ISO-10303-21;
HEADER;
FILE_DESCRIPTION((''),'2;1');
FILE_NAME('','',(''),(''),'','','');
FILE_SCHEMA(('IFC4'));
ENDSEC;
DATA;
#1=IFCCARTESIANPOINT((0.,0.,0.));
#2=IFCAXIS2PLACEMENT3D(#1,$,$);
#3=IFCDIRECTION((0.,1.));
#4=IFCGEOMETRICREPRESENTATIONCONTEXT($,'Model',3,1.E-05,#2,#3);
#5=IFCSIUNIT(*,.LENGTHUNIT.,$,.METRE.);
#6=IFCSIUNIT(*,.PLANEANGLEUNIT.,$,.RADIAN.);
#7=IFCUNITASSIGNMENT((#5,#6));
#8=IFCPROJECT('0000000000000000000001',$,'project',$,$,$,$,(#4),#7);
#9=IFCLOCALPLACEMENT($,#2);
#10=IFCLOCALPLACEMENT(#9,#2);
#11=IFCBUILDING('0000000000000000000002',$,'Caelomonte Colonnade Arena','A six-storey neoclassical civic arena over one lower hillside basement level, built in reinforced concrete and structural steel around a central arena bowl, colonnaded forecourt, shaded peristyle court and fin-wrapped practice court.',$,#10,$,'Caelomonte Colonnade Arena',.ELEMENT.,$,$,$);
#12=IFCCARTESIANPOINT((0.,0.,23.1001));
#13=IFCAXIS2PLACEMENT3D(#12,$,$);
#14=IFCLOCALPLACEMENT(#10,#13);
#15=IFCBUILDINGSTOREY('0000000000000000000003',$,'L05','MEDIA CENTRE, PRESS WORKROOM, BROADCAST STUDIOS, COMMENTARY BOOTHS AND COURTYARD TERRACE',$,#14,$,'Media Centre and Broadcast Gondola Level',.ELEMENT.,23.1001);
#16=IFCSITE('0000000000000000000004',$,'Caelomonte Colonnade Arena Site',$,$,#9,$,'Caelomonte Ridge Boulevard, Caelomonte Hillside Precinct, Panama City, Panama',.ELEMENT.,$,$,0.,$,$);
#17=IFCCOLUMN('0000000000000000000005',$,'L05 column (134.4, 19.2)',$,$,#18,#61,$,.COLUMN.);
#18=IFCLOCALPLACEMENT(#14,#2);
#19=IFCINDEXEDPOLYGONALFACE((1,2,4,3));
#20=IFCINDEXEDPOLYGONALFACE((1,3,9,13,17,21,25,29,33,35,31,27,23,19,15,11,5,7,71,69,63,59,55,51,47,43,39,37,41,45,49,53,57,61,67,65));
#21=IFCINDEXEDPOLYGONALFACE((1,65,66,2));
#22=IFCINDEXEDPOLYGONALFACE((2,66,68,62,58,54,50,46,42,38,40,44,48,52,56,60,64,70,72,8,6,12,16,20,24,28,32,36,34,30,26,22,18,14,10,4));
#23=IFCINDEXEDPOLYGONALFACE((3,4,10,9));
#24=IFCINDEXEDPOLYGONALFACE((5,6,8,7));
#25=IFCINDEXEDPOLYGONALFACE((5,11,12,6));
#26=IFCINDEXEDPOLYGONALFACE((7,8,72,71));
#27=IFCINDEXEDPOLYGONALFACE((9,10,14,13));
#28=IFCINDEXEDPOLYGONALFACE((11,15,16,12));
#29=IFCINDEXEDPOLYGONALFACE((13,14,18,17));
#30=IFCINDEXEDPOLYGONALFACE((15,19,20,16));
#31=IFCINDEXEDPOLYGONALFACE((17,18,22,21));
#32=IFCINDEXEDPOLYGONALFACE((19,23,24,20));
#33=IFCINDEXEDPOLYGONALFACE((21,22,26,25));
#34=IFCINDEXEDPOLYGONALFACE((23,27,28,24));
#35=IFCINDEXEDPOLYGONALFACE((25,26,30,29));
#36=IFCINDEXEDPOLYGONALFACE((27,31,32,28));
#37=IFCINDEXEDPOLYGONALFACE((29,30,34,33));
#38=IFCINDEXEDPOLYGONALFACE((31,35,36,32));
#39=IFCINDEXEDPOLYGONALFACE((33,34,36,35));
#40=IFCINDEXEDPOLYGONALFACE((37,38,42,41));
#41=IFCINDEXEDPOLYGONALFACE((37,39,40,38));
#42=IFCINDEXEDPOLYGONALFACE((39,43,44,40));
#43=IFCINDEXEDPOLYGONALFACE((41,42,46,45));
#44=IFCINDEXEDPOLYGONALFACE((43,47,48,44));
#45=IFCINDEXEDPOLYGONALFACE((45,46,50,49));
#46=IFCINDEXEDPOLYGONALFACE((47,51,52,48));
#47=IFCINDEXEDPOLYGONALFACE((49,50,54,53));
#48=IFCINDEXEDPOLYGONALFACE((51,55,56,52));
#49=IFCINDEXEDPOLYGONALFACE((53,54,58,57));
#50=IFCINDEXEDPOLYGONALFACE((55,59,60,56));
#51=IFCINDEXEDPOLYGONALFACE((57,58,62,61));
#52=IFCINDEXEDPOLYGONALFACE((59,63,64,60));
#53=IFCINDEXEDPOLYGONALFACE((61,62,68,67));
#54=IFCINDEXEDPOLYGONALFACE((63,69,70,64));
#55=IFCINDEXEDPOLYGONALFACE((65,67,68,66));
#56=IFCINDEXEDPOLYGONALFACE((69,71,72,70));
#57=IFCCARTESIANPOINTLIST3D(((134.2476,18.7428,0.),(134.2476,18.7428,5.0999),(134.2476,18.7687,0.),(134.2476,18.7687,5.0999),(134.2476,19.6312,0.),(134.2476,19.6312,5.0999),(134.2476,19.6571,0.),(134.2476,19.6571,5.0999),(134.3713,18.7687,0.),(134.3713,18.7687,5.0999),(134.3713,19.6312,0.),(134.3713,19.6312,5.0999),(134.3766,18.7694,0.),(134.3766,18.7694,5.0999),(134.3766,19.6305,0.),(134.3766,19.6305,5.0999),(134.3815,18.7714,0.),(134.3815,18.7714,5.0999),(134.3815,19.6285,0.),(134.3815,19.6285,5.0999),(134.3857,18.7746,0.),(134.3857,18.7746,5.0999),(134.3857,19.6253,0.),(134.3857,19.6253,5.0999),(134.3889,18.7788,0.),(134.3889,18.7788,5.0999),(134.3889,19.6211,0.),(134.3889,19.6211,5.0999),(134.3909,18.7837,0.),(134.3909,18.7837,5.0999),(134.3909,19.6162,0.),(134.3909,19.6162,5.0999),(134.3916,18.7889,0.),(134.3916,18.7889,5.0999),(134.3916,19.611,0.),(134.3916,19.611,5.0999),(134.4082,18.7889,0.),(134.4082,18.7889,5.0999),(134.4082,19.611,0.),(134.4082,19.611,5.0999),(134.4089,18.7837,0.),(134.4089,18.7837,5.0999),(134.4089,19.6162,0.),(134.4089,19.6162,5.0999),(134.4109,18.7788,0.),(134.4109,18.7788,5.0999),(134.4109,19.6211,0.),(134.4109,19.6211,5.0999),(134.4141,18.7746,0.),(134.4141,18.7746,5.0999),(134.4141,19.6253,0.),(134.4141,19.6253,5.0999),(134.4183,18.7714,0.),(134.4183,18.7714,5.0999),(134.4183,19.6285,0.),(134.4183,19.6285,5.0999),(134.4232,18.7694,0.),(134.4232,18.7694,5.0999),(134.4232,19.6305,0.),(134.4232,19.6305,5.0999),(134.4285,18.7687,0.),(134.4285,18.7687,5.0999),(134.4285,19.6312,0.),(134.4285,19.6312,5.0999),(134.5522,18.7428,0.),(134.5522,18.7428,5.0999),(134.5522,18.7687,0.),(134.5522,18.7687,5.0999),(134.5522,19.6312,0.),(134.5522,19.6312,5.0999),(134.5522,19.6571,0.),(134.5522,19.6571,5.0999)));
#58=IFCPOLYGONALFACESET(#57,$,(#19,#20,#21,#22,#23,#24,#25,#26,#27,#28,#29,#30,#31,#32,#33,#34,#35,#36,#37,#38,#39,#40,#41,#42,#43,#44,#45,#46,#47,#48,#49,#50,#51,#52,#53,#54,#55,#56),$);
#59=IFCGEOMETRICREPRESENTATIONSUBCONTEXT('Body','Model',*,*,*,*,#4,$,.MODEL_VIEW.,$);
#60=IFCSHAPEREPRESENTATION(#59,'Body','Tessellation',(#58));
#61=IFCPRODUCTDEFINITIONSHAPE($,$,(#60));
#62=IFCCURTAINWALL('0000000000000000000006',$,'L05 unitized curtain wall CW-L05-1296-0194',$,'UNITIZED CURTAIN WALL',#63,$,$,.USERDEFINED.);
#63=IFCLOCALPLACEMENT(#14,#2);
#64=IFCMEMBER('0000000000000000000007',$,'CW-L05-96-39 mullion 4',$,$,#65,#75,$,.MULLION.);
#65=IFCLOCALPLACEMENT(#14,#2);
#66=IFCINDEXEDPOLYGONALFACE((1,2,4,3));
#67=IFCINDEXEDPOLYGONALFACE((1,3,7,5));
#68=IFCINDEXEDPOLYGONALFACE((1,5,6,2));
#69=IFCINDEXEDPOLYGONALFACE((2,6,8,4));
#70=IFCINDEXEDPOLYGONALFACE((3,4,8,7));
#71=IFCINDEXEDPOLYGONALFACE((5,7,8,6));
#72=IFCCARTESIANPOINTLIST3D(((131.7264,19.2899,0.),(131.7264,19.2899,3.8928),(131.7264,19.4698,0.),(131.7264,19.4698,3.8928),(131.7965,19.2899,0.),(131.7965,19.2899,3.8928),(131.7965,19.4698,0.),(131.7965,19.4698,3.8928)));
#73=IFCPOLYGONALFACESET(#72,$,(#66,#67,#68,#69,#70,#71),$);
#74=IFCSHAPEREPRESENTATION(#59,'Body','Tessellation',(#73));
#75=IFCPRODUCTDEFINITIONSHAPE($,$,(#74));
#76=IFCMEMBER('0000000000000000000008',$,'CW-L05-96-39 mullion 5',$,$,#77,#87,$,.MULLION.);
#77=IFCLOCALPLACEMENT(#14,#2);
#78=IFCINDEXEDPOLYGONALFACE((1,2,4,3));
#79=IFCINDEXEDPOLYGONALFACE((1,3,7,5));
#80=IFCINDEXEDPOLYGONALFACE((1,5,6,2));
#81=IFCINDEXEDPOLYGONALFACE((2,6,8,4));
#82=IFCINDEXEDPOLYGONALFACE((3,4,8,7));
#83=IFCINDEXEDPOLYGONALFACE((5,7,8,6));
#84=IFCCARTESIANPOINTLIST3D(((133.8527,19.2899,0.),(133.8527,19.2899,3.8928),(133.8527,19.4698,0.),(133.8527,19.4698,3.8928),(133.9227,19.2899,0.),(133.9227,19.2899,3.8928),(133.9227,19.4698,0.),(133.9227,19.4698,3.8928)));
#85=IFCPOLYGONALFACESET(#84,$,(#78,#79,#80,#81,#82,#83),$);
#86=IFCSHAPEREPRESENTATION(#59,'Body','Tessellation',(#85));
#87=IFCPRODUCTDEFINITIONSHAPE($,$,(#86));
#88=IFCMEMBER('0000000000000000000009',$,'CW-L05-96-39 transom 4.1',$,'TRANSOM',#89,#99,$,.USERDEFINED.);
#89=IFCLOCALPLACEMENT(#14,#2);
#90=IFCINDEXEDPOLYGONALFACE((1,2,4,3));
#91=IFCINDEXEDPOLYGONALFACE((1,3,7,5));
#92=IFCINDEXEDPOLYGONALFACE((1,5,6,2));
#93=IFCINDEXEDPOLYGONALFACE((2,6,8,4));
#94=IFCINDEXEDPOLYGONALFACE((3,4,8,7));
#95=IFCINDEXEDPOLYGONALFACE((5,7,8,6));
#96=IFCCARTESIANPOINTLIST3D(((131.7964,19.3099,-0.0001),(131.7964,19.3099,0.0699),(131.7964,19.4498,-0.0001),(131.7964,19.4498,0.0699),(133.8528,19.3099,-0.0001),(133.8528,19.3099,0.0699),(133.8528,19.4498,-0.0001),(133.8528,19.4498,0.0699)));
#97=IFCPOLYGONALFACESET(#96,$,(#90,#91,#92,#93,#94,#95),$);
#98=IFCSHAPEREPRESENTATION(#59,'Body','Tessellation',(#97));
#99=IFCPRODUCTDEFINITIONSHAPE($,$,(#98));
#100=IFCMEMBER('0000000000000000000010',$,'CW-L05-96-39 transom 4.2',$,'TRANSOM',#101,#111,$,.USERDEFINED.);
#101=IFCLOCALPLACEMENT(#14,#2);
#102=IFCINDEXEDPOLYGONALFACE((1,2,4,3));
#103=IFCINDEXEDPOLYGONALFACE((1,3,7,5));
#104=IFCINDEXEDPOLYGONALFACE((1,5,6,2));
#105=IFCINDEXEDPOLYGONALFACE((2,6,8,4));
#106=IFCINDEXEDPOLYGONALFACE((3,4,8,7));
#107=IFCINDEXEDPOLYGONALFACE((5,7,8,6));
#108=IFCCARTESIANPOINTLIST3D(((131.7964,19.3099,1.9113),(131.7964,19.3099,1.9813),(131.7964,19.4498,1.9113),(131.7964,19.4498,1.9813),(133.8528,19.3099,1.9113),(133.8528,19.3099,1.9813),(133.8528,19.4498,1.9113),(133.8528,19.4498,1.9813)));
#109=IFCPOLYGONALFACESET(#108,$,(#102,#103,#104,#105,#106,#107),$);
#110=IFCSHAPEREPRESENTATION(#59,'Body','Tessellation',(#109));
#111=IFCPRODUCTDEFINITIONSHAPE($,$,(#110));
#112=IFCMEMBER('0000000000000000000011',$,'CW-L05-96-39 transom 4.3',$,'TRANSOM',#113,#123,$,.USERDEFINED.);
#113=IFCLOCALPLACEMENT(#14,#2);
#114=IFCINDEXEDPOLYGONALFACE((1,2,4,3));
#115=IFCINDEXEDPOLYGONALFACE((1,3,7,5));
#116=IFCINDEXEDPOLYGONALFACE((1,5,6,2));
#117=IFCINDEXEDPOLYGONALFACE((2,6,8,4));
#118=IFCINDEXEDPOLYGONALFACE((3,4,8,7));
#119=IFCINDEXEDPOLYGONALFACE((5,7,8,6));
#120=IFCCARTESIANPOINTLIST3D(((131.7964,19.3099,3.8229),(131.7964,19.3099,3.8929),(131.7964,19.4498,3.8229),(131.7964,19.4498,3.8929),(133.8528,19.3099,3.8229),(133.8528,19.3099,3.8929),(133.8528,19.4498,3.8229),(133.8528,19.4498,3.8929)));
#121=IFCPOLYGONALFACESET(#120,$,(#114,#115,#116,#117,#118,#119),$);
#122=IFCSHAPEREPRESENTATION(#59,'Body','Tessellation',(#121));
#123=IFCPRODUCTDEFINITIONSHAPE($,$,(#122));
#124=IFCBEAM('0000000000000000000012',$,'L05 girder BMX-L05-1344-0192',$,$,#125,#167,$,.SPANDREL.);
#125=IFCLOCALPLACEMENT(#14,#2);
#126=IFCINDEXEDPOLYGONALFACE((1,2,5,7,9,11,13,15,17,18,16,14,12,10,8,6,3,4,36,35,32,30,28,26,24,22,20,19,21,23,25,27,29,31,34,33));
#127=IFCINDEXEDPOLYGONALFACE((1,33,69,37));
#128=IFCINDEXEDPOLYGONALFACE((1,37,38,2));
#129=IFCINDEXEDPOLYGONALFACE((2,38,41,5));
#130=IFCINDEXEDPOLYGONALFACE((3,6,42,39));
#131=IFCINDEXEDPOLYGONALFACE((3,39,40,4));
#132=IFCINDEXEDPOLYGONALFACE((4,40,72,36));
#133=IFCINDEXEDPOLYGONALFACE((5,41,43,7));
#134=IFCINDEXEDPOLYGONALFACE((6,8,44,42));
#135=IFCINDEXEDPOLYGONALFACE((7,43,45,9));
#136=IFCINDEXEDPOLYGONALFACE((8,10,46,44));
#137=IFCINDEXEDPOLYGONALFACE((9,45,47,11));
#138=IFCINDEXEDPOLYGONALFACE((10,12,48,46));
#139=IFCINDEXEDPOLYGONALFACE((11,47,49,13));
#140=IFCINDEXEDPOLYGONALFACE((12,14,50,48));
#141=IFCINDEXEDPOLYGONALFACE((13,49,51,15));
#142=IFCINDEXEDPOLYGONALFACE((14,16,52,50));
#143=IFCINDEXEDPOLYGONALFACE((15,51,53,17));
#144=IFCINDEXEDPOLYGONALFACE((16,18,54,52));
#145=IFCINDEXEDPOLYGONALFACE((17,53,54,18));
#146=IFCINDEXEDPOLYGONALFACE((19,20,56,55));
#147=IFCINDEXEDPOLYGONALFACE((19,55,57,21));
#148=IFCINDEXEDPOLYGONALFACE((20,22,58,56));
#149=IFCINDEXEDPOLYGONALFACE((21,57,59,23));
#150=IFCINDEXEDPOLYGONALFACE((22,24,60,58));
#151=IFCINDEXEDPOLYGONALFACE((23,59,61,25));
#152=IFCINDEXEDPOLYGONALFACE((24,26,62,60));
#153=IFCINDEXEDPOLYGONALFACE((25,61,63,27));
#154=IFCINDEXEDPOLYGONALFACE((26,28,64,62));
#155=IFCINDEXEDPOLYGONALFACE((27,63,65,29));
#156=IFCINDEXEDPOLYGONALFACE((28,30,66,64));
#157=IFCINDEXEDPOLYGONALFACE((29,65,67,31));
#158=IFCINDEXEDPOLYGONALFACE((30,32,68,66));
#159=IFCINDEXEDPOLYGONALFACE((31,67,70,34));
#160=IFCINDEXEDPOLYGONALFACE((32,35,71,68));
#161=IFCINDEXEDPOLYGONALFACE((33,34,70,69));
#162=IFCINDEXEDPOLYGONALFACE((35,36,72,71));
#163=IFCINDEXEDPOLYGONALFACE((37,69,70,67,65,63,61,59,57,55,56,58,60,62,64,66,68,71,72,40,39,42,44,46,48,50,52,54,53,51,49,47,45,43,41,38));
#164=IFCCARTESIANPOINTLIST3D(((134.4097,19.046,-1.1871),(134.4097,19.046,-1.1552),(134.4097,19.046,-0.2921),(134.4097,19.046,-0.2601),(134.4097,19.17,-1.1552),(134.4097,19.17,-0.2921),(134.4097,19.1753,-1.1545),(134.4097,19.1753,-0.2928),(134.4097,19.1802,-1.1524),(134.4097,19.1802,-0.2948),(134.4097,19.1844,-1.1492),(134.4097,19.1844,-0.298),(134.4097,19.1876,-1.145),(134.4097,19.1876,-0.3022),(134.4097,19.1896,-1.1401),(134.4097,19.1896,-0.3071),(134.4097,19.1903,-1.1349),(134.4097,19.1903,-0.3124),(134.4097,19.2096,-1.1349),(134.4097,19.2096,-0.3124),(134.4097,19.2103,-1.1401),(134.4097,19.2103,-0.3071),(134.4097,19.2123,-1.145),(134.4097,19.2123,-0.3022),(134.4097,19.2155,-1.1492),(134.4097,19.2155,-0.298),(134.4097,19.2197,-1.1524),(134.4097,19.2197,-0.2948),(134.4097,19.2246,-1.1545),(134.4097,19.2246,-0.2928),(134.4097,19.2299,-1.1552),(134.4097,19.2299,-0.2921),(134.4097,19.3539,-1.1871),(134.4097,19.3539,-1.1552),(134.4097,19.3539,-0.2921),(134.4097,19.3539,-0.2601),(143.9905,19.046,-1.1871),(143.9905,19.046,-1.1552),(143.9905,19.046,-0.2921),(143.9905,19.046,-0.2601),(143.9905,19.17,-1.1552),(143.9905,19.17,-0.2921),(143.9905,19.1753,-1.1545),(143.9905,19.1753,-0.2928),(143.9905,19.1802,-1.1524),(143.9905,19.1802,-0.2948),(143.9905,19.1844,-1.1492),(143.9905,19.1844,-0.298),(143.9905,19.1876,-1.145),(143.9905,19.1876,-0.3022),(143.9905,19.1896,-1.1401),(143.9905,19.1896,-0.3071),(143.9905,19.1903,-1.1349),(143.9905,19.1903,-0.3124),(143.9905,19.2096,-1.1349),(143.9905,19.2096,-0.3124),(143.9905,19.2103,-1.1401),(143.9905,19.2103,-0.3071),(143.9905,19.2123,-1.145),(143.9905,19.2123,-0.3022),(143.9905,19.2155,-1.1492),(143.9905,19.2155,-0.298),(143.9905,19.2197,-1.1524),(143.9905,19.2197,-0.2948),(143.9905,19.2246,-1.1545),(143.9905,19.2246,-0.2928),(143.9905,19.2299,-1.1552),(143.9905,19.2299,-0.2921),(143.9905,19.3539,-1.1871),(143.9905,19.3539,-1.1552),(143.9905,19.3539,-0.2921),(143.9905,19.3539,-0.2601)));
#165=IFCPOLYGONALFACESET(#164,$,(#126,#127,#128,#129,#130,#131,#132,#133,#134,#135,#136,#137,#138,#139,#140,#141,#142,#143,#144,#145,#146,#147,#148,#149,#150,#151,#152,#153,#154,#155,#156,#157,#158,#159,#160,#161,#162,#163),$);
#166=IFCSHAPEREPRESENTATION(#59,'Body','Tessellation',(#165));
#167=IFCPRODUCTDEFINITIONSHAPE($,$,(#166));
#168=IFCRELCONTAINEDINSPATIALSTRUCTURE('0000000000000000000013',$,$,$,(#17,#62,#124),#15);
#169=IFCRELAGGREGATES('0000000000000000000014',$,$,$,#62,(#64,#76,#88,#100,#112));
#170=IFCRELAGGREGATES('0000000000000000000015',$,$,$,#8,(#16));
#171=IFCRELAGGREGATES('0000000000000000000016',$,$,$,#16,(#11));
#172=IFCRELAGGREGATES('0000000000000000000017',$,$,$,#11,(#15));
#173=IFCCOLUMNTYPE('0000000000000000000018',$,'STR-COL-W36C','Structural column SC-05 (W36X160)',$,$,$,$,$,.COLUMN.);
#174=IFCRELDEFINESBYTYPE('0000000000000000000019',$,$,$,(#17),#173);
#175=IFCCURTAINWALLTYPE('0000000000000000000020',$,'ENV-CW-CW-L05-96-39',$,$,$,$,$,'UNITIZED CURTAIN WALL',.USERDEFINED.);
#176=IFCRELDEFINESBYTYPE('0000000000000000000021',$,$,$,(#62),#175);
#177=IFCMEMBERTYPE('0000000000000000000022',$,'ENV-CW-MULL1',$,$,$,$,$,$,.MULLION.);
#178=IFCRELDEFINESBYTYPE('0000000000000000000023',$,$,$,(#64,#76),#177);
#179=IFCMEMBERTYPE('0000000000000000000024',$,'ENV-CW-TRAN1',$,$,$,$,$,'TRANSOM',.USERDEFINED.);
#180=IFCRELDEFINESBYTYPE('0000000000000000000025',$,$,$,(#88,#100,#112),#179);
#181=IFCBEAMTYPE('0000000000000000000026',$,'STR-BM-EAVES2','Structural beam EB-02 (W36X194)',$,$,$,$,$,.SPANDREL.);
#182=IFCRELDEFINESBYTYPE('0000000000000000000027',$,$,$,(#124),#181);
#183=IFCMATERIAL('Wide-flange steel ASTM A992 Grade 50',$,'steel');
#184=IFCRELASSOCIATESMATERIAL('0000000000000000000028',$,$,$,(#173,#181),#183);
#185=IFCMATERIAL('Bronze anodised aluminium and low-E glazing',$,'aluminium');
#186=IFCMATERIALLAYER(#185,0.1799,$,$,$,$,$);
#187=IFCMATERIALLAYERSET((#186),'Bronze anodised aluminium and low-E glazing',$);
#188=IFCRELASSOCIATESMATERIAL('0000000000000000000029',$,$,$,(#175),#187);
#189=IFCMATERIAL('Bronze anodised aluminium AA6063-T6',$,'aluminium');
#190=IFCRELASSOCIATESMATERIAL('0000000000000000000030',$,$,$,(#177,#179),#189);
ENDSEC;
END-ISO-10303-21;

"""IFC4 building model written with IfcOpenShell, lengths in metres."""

from ifc_helpers import new_model, si_unit, direction, frame, origin, origin_2d, place, context, subcontext, project, spatial, rectangle, i_section, extrude, material, layer, layer_set, material_profile, profile_set, type_object, element, aggregate, save


model = new_model("IFC4")

# Units and contexts
model_context = context("Model", 3, precision=1e-05, world=origin(), true_north=direction((0.0, 1.0)))
body_context = subcontext(model_context, "Body", "Model", "MODEL_VIEW")
ifc_project = project(units=[si_unit("LENGTHUNIT", "METRE"), si_unit("PLANEANGLEUNIT", "RADIAN")], contexts=[model_context])

# Site, building, storey
site_placement = place(None, origin())
site = spatial("IfcSite", under=ifc_project, at=site_placement, Name="Caelomonte Colonnade Arena Site", LongName="Caelomonte Ridge Boulevard, Caelomonte Hillside Precinct, Panama City, Panama", CompositionType="ELEMENT", RefElevation=0.0)
building_placement = place(site_placement, origin())
building = spatial("IfcBuilding", under=site, at=building_placement, Name="Caelomonte Colonnade Arena", Description="A six-storey neoclassical civic arena over one lower hillside basement level, built in reinforced concrete and structural steel around a central arena bowl, colonnaded forecourt, shaded peristyle court and fin-wrapped practice court.", LongName="Caelomonte Colonnade Arena", CompositionType="ELEMENT")
storey_placement = place(building_placement, frame((0.0, 0.0, 23.1001)))
storey = spatial("IfcBuildingStorey", under=building, at=storey_placement, Name="L05", Description="MEDIA CENTRE, PRESS WORKROOM, BROADCAST STUDIOS, COMMENTARY BOOTHS AND COURTYARD TERRACE", LongName="Media Centre and Broadcast Gondola Level", CompositionType="ELEMENT", Elevation=23.1001)

# Column
ifc_material_1 = material(Name="Wide-flange steel ASTM A992 Grade 50", Category="steel")
ifc_material_profile_1 = material_profile(ifc_material_1, i_section(OverallWidth=0.3047, OverallDepth=0.9143, WebThickness=0.0166, FlangeThickness=0.0259, FilletRadius=0.0203, at=origin_2d()), Name="W36X160")
ifc_profile_set_1 = profile_set([ifc_material_profile_1], Name="Wide-flange steel ASTM A992 Grade 50")
column_type = type_object("IfcColumnType", Name="STR-COL-W36C", Description="Structural column SC-05 (W36X160)", PredefinedType="COLUMN", material=ifc_profile_set_1)
column_placement = place(storey_placement, frame((134.3999, 19.2, 0.0), z_axis=(0.0, 0.0, 1.0), x_axis=(1.0, 0.0, 0.0)))
element("IfcColumn", 1, at=column_placement, inside=storey, type_object=column_type, Name="L05 column (134.4, 19.2)", PredefinedType="COLUMN", context=body_context, shape_type="SweptSolid", body=[
    extrude(i_section(OverallWidth=0.3047, OverallDepth=0.9143, WebThickness=0.0166, FlangeThickness=0.0259, FilletRadius=0.0203, at=origin_2d()), origin(), (0.0, 0.0, 1.0), 5.0999),
])

# Curtain wall, members
ifc_material_2 = material(Name="Bronze anodised aluminium and low-E glazing", Category="aluminium")
ifc_layer_1 = layer(ifc_material_2, 0.1799)
ifc_layer_set_1 = layer_set([ifc_layer_1], Name="Bronze anodised aluminium and low-E glazing")
curtain_wall_type = type_object("IfcCurtainWallType", Name="ENV-CW-CW-L05-96-39", ElementType="UNITIZED CURTAIN WALL", PredefinedType="USERDEFINED", material=ifc_layer_set_1)
curtain_wall_placement = place(storey_placement, origin())
curtain_wall = element("IfcCurtainWall", 2, at=curtain_wall_placement, inside=storey, type_object=curtain_wall_type, Name="L05 unitized curtain wall CW-L05-1296-0194", ObjectType="UNITIZED CURTAIN WALL", PredefinedType="USERDEFINED")
ifc_material_3 = material(Name="Bronze anodised aluminium AA6063-T6", Category="aluminium")
ifc_material_profile_2 = material_profile(ifc_material_3, rectangle(XDim=0.0701, YDim=0.1799, at=origin_2d()), Name="CWM-70X180")
ifc_profile_set_2 = profile_set([ifc_material_profile_2], Name="Bronze anodised aluminium AA6063-T6")
member_type_1 = type_object("IfcMemberType", Name="ENV-CW-MULL1", PredefinedType="MULLION", material=ifc_profile_set_2)
member_1_placement = place(storey_placement, frame((131.7615, 19.3799, 0.0), z_axis=(0.0, 0.0, 1.0), x_axis=(1.0, 0.0, 0.0)))
member_1 = element("IfcMember", 3, at=member_1_placement, type_object=member_type_1, Name="CW-L05-96-39 mullion 4", PredefinedType="MULLION", context=body_context, shape_type="SweptSolid", body=[
    extrude(rectangle(XDim=0.0701, YDim=0.1799, at=origin_2d()), origin(), (0.0, 0.0, 1.0), 3.8928),
])
member_2_placement = place(storey_placement, frame((133.8877, 19.3799, 0.0), z_axis=(0.0, 0.0, 1.0), x_axis=(1.0, 0.0, 0.0)))
member_2 = element("IfcMember", 4, at=member_2_placement, type_object=member_type_1, Name="CW-L05-96-39 mullion 5", PredefinedType="MULLION", context=body_context, shape_type="SweptSolid", body=[
    extrude(rectangle(XDim=0.0701, YDim=0.1799, at=origin_2d()), origin(), (0.0, 0.0, 1.0), 3.8928),
])
ifc_material_profile_3 = material_profile(ifc_material_3, rectangle(XDim=0.0701, YDim=0.1399, at=origin_2d()), Name="CWT-70X140")
ifc_profile_set_3 = profile_set([ifc_material_profile_3], Name="Bronze anodised aluminium AA6063-T6")
member_type_2 = type_object("IfcMemberType", Name="ENV-CW-TRAN1", ElementType="TRANSOM", PredefinedType="USERDEFINED", material=ifc_profile_set_3)
member_3_placement = place(storey_placement, frame((131.7964, 19.3799, 0.0349), z_axis=(1.0, 0.0, 0.0), x_axis=(0.0, 0.0, 1.0)))
member_3 = element("IfcMember", 5, at=member_3_placement, type_object=member_type_2, Name="CW-L05-96-39 transom 4.1", ObjectType="TRANSOM", PredefinedType="USERDEFINED", context=body_context, shape_type="SweptSolid", body=[
    extrude(rectangle(XDim=0.0701, YDim=0.1399, at=origin_2d()), origin(), (0.0, 0.0, 1.0), 2.0564),
])
member_4_placement = place(storey_placement, frame((131.7964, 19.3799, 1.9463), z_axis=(1.0, 0.0, 0.0), x_axis=(0.0, 0.0, 1.0)))
member_4 = element("IfcMember", 6, at=member_4_placement, type_object=member_type_2, Name="CW-L05-96-39 transom 4.2", ObjectType="TRANSOM", PredefinedType="USERDEFINED", context=body_context, shape_type="SweptSolid", body=[
    extrude(rectangle(XDim=0.0701, YDim=0.1399, at=origin_2d()), origin(), (0.0, 0.0, 1.0), 2.0564),
])
member_5_placement = place(storey_placement, frame((131.7964, 19.3799, 3.8579), z_axis=(1.0, 0.0, 0.0), x_axis=(0.0, 0.0, 1.0)))
member_5 = element("IfcMember", 7, at=member_5_placement, type_object=member_type_2, Name="CW-L05-96-39 transom 4.3", ObjectType="TRANSOM", PredefinedType="USERDEFINED", context=body_context, shape_type="SweptSolid", body=[
    extrude(rectangle(XDim=0.0701, YDim=0.1399, at=origin_2d()), origin(), (0.0, 0.0, 1.0), 2.0564),
])

# Beam
ifc_material_profile_4 = material_profile(ifc_material_1, i_section(OverallWidth=0.3079, OverallDepth=0.927, WebThickness=0.0193, FlangeThickness=0.032, FilletRadius=0.0203, at=origin_2d()), Name="W36X194")
ifc_profile_set_4 = profile_set([ifc_material_profile_4], Name="Wide-flange steel ASTM A992 Grade 50")
beam_type_1 = type_object("IfcBeamType", Name="STR-BM-EAVES2", Description="Structural beam EB-02 (W36X194)", PredefinedType="SPANDREL", material=ifc_profile_set_4)
beam_1_placement = place(storey_placement, frame((134.4097, 19.2, -0.7236), z_axis=(1.0, 0.0, 0.0), x_axis=(0.0, 1.0, 0.0)))
element("IfcBeam", 8, at=beam_1_placement, inside=storey, type_object=beam_type_1, Name="L05 girder BMX-L05-1344-0192", PredefinedType="SPANDREL", context=body_context, shape_type="SweptSolid", body=[
    extrude(i_section(OverallWidth=0.3079, OverallDepth=0.927, WebThickness=0.0193, FlangeThickness=0.032, FilletRadius=0.0203, at=origin_2d()), origin(), (0.0, 0.0, 1.0), 9.5808),
])

aggregate(curtain_wall, [member_1, member_2, member_3, member_4, member_5])

save(model, "model.ifc")
